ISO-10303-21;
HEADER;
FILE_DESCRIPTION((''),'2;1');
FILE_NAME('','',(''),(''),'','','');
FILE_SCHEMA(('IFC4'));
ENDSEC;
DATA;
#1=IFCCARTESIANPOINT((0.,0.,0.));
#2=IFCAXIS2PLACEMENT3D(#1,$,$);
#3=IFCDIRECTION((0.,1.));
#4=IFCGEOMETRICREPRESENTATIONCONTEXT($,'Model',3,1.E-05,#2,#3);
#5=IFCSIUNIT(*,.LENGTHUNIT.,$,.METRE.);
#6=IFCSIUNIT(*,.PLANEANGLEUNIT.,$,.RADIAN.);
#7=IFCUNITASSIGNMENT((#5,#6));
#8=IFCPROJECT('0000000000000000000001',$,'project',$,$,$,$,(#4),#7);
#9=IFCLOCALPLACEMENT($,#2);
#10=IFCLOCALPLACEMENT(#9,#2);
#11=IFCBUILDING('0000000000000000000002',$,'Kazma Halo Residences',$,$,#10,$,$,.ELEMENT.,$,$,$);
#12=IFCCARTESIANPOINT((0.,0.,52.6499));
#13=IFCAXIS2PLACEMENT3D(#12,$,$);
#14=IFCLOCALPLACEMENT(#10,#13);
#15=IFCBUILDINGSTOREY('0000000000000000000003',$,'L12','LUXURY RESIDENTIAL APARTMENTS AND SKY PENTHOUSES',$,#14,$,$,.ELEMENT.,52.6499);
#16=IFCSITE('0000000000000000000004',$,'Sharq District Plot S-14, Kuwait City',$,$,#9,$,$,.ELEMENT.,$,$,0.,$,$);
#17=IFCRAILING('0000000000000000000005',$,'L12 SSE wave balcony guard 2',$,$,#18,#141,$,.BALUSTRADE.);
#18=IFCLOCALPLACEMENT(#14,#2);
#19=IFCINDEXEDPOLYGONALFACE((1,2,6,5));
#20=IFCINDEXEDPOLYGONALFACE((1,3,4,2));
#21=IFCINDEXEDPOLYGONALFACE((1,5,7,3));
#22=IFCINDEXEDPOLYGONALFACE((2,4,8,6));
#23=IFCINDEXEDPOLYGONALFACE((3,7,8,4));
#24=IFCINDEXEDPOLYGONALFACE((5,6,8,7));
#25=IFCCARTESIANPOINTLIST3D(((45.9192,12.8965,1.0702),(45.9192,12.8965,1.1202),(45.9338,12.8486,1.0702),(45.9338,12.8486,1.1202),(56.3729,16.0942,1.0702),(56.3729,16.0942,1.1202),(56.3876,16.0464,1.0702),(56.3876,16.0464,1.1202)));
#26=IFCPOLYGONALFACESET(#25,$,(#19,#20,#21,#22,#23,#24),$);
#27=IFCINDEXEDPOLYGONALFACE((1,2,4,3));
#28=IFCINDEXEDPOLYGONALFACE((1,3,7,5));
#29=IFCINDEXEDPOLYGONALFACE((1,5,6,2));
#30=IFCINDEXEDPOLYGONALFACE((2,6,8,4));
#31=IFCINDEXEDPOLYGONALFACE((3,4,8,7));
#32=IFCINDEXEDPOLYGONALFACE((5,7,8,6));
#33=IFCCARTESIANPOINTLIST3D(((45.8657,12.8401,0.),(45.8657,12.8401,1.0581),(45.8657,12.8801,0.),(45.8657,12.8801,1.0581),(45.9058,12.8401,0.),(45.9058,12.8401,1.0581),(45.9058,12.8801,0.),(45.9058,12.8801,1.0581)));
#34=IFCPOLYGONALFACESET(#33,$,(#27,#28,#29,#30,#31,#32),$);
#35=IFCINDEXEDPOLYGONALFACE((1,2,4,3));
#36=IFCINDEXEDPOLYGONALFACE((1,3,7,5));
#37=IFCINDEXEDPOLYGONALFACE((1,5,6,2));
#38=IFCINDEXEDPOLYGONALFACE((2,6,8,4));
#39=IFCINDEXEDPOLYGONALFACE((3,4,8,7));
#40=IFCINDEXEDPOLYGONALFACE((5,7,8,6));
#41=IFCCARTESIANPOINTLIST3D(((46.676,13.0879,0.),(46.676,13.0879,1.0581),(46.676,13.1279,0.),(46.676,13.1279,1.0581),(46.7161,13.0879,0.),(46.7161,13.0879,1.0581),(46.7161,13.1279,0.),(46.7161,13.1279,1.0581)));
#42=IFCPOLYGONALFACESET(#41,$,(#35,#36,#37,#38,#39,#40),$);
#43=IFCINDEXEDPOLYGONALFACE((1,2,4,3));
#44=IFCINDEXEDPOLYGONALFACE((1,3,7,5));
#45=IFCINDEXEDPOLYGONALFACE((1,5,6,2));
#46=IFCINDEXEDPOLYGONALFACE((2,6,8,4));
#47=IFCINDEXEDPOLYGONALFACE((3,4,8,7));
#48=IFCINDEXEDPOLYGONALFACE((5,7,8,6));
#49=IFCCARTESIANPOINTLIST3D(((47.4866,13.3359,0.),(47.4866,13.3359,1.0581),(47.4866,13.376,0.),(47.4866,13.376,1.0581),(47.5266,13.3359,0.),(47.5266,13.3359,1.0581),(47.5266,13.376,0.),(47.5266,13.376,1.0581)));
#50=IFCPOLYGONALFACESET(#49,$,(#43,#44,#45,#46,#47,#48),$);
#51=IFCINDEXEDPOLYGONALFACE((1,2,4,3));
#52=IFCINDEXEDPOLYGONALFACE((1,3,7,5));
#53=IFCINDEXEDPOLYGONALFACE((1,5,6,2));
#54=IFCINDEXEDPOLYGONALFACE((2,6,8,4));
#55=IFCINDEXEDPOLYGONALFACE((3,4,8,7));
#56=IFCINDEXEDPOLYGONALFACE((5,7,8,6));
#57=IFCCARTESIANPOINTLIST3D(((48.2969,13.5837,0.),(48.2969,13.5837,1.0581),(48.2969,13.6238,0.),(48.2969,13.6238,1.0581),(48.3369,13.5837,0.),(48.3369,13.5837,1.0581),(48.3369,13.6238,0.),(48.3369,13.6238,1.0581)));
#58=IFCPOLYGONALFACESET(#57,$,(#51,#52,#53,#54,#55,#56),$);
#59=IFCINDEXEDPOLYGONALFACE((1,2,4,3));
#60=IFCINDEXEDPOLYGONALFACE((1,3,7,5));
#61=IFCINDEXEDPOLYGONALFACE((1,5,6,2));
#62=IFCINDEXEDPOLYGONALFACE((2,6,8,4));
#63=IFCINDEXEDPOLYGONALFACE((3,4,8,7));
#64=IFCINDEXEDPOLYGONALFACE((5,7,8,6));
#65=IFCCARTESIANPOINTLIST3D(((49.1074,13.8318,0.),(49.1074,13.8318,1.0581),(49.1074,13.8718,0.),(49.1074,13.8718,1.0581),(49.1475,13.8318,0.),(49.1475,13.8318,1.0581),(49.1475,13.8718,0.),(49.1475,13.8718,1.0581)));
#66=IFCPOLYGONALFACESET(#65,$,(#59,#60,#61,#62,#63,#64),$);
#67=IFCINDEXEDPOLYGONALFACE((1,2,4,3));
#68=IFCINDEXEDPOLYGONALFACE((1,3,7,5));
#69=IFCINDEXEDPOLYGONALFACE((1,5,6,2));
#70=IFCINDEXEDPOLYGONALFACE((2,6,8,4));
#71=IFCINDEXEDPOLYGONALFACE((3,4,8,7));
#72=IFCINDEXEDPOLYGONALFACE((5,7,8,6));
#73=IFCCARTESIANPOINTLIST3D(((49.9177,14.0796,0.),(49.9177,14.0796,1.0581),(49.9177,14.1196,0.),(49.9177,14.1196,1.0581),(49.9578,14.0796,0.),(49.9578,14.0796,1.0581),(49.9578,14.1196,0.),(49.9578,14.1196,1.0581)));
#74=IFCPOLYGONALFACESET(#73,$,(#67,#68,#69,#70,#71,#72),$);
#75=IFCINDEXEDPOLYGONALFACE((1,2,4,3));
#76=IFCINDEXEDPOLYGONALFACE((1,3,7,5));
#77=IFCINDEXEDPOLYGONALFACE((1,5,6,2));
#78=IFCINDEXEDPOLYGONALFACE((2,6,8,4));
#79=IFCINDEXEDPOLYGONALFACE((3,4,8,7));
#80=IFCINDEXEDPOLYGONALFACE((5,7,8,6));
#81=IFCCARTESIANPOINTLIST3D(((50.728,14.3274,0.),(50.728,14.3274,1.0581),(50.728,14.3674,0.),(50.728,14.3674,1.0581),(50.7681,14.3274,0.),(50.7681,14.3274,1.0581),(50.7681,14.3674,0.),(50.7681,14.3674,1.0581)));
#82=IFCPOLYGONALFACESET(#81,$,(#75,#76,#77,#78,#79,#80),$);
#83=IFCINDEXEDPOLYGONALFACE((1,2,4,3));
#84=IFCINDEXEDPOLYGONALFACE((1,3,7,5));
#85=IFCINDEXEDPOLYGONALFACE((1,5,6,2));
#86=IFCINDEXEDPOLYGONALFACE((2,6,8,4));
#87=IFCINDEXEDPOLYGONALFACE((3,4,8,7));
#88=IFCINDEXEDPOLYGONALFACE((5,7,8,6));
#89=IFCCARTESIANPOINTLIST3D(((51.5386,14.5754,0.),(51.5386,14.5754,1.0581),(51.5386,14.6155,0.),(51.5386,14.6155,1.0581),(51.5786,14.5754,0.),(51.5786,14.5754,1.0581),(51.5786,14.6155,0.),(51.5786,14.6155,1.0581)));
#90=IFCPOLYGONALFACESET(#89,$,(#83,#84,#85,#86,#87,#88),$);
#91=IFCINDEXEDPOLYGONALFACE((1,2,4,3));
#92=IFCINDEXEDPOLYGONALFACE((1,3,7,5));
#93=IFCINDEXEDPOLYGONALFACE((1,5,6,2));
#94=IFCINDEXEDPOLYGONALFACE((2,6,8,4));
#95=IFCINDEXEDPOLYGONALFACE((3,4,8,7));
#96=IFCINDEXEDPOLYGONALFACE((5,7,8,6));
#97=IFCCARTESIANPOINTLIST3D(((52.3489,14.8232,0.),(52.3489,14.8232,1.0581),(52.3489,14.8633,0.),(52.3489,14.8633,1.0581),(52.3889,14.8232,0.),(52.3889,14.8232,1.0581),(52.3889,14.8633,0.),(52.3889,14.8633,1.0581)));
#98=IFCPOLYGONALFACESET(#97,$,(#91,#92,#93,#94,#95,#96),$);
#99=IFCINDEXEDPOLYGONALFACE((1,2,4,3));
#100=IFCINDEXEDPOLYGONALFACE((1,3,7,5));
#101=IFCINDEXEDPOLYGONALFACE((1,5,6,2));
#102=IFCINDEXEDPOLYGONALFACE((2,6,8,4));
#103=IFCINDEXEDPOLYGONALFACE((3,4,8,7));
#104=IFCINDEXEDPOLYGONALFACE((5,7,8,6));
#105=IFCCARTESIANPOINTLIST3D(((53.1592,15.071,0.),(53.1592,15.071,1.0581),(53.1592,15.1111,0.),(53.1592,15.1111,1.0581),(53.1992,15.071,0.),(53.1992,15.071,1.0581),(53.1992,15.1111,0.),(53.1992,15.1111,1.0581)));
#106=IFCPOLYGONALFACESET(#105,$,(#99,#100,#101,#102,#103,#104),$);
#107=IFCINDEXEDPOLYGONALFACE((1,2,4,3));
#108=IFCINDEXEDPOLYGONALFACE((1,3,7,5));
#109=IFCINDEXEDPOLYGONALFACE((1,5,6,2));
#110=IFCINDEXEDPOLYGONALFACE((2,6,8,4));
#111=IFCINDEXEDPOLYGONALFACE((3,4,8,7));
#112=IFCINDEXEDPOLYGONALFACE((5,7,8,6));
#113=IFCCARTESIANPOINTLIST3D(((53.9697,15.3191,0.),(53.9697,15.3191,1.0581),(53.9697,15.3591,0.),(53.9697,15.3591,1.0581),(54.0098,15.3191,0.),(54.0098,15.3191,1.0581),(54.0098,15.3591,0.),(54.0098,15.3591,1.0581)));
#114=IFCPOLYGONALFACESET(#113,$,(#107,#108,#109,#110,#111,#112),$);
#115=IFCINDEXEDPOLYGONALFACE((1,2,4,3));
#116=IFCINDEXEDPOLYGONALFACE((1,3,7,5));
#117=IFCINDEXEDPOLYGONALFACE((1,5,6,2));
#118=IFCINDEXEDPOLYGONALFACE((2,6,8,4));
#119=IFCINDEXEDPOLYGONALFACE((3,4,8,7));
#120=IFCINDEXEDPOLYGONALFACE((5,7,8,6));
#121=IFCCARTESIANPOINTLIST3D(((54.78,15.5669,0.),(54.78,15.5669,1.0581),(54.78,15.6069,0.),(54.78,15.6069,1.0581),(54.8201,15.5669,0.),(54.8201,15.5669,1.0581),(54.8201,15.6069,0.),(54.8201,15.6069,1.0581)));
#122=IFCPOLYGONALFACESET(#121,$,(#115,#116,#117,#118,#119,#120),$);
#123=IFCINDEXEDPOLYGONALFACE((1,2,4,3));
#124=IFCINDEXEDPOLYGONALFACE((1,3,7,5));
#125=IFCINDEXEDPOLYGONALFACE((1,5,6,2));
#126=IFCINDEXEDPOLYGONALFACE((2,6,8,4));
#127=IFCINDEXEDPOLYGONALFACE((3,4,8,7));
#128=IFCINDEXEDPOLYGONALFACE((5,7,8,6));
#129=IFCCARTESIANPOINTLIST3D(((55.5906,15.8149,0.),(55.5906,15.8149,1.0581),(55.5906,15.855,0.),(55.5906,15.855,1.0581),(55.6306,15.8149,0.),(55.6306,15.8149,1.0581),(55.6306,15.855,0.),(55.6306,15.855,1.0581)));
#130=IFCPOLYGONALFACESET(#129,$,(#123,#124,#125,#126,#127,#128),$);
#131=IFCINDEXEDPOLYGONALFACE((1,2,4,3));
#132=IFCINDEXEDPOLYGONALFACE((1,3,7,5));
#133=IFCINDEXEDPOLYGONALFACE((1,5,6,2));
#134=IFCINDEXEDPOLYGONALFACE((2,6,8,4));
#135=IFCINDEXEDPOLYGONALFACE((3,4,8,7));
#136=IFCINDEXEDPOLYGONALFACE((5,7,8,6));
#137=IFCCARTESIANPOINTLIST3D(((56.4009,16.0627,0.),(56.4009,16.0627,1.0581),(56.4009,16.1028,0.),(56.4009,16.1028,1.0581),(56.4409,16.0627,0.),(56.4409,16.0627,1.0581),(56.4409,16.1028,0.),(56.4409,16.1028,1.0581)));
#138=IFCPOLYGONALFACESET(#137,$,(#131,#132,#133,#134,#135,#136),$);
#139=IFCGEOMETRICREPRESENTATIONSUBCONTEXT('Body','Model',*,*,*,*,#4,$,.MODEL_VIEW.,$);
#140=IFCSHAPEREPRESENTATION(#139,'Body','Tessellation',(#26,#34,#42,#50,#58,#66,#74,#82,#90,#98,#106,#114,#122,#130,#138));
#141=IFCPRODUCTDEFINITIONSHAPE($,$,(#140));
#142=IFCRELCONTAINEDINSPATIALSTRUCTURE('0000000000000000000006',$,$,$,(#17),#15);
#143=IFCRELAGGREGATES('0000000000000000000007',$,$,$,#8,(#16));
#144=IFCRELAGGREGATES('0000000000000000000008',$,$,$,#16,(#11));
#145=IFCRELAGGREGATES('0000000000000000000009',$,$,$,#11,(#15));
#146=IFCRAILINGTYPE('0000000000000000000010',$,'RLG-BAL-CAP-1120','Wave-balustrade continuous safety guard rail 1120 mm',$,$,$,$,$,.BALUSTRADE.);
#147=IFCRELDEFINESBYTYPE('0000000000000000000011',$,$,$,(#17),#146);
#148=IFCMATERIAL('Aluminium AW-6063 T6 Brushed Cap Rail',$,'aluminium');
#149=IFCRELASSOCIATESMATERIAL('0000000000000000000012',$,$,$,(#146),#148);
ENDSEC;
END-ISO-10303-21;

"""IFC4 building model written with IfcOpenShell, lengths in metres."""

from ifc_helpers import new_model, si_unit, direction, frame, origin, origin_2d, place, context, subcontext, project, spatial, rectangle, extrude, material, type_object, element, save


model = new_model("IFC4")

# Units and contexts
model_context = context("Model", 3, precision=1e-05, world=origin(), true_north=direction((0.0, 1.0)))
body_context = subcontext(model_context, "Body", "Model", "MODEL_VIEW")
ifc_project = project(units=[si_unit("LENGTHUNIT", "METRE"), si_unit("PLANEANGLEUNIT", "RADIAN")], contexts=[model_context])

# Site, building, storey
site_placement = place(None, origin())
site = spatial("IfcSite", under=ifc_project, at=site_placement, Name="Sharq District Plot S-14, Kuwait City", CompositionType="ELEMENT", RefElevation=0.0)
building_placement = place(site_placement, origin())
building = spatial("IfcBuilding", under=site, at=building_placement, Name="Kazma Halo Residences", CompositionType="ELEMENT")
storey_placement = place(building_placement, frame((0.0, 0.0, 52.6499)))
storey = spatial("IfcBuildingStorey", under=building, at=storey_placement, Name="L12", Description="LUXURY RESIDENTIAL APARTMENTS AND SKY PENTHOUSES", CompositionType="ELEMENT", Elevation=52.6499)

# Railing
ifc_material_1 = material(Name="Aluminium AW-6063 T6 Brushed Cap Rail", Category="aluminium")
railing_type = type_object("IfcRailingType", Name="RLG-BAL-CAP-1120", Description="Wave-balustrade continuous safety guard rail 1120 mm", PredefinedType="BALUSTRADE", material=ifc_material_1)
railing_1_placement = place(storey_placement, frame((45.8857, 12.8601, 0.0)))
element("IfcRailing", 1, at=railing_1_placement, inside=storey, type_object=railing_type, Name="L12 SSE wave balcony guard 2", PredefinedType="BALUSTRADE", context=body_context, shape_type="SweptSolid", body=[
    extrude(rectangle(XDim=0.05, YDim=0.05, at=origin_2d()), frame((0.0408, 0.0125, 1.0952), z_axis=(0.956261, 0.292516, 0.0), x_axis=(-0.292516, 0.956261, 0.0)), (0.0, 0.0, 1.0), 10.9319),
    extrude(rectangle(XDim=0.04, YDim=0.04, at=origin_2d()), origin(), (0.0, 0.0, 1.0), 1.0581),
    extrude(rectangle(XDim=0.04, YDim=0.04, at=origin_2d()), frame((0.8103, 0.2478, 0.0)), (0.0, 0.0, 1.0), 1.0581),
    extrude(rectangle(XDim=0.04, YDim=0.04, at=origin_2d()), frame((1.6208, 0.4958, 0.0)), (0.0, 0.0, 1.0), 1.0581),
    extrude(rectangle(XDim=0.04, YDim=0.04, at=origin_2d()), frame((2.4312, 0.7437, 0.0)), (0.0, 0.0, 1.0), 1.0581),
    extrude(rectangle(XDim=0.04, YDim=0.04, at=origin_2d()), frame((3.2417, 0.9917, 0.0)), (0.0, 0.0, 1.0), 1.0581),
    extrude(rectangle(XDim=0.04, YDim=0.04, at=origin_2d()), frame((4.052, 1.2395, 0.0)), (0.0, 0.0, 1.0), 1.0581),
    extrude(rectangle(XDim=0.04, YDim=0.04, at=origin_2d()), frame((4.8623, 1.4873, 0.0)), (0.0, 0.0, 1.0), 1.0581),
    extrude(rectangle(XDim=0.04, YDim=0.04, at=origin_2d()), frame((5.6729, 1.7354, 0.0)), (0.0, 0.0, 1.0), 1.0581),
    extrude(rectangle(XDim=0.04, YDim=0.04, at=origin_2d()), frame((6.4832, 1.9832, 0.0)), (0.0, 0.0, 1.0), 1.0581),
    extrude(rectangle(XDim=0.04, YDim=0.04, at=origin_2d()), frame((7.2935, 2.231, 0.0)), (0.0, 0.0, 1.0), 1.0581),
    extrude(rectangle(XDim=0.04, YDim=0.04, at=origin_2d()), frame((8.104, 2.479, 0.0)), (0.0, 0.0, 1.0), 1.0581),
    extrude(rectangle(XDim=0.04, YDim=0.04, at=origin_2d()), frame((8.9143, 2.7268, 0.0)), (0.0, 0.0, 1.0), 1.0581),
    extrude(rectangle(XDim=0.04, YDim=0.04, at=origin_2d()), frame((9.7249, 2.9749, 0.0)), (0.0, 0.0, 1.0), 1.0581),
    extrude(rectangle(XDim=0.04, YDim=0.04, at=origin_2d()), frame((10.5352, 3.2227, 0.0)), (0.0, 0.0, 1.0), 1.0581),
])

save(model, "model.ifc")
